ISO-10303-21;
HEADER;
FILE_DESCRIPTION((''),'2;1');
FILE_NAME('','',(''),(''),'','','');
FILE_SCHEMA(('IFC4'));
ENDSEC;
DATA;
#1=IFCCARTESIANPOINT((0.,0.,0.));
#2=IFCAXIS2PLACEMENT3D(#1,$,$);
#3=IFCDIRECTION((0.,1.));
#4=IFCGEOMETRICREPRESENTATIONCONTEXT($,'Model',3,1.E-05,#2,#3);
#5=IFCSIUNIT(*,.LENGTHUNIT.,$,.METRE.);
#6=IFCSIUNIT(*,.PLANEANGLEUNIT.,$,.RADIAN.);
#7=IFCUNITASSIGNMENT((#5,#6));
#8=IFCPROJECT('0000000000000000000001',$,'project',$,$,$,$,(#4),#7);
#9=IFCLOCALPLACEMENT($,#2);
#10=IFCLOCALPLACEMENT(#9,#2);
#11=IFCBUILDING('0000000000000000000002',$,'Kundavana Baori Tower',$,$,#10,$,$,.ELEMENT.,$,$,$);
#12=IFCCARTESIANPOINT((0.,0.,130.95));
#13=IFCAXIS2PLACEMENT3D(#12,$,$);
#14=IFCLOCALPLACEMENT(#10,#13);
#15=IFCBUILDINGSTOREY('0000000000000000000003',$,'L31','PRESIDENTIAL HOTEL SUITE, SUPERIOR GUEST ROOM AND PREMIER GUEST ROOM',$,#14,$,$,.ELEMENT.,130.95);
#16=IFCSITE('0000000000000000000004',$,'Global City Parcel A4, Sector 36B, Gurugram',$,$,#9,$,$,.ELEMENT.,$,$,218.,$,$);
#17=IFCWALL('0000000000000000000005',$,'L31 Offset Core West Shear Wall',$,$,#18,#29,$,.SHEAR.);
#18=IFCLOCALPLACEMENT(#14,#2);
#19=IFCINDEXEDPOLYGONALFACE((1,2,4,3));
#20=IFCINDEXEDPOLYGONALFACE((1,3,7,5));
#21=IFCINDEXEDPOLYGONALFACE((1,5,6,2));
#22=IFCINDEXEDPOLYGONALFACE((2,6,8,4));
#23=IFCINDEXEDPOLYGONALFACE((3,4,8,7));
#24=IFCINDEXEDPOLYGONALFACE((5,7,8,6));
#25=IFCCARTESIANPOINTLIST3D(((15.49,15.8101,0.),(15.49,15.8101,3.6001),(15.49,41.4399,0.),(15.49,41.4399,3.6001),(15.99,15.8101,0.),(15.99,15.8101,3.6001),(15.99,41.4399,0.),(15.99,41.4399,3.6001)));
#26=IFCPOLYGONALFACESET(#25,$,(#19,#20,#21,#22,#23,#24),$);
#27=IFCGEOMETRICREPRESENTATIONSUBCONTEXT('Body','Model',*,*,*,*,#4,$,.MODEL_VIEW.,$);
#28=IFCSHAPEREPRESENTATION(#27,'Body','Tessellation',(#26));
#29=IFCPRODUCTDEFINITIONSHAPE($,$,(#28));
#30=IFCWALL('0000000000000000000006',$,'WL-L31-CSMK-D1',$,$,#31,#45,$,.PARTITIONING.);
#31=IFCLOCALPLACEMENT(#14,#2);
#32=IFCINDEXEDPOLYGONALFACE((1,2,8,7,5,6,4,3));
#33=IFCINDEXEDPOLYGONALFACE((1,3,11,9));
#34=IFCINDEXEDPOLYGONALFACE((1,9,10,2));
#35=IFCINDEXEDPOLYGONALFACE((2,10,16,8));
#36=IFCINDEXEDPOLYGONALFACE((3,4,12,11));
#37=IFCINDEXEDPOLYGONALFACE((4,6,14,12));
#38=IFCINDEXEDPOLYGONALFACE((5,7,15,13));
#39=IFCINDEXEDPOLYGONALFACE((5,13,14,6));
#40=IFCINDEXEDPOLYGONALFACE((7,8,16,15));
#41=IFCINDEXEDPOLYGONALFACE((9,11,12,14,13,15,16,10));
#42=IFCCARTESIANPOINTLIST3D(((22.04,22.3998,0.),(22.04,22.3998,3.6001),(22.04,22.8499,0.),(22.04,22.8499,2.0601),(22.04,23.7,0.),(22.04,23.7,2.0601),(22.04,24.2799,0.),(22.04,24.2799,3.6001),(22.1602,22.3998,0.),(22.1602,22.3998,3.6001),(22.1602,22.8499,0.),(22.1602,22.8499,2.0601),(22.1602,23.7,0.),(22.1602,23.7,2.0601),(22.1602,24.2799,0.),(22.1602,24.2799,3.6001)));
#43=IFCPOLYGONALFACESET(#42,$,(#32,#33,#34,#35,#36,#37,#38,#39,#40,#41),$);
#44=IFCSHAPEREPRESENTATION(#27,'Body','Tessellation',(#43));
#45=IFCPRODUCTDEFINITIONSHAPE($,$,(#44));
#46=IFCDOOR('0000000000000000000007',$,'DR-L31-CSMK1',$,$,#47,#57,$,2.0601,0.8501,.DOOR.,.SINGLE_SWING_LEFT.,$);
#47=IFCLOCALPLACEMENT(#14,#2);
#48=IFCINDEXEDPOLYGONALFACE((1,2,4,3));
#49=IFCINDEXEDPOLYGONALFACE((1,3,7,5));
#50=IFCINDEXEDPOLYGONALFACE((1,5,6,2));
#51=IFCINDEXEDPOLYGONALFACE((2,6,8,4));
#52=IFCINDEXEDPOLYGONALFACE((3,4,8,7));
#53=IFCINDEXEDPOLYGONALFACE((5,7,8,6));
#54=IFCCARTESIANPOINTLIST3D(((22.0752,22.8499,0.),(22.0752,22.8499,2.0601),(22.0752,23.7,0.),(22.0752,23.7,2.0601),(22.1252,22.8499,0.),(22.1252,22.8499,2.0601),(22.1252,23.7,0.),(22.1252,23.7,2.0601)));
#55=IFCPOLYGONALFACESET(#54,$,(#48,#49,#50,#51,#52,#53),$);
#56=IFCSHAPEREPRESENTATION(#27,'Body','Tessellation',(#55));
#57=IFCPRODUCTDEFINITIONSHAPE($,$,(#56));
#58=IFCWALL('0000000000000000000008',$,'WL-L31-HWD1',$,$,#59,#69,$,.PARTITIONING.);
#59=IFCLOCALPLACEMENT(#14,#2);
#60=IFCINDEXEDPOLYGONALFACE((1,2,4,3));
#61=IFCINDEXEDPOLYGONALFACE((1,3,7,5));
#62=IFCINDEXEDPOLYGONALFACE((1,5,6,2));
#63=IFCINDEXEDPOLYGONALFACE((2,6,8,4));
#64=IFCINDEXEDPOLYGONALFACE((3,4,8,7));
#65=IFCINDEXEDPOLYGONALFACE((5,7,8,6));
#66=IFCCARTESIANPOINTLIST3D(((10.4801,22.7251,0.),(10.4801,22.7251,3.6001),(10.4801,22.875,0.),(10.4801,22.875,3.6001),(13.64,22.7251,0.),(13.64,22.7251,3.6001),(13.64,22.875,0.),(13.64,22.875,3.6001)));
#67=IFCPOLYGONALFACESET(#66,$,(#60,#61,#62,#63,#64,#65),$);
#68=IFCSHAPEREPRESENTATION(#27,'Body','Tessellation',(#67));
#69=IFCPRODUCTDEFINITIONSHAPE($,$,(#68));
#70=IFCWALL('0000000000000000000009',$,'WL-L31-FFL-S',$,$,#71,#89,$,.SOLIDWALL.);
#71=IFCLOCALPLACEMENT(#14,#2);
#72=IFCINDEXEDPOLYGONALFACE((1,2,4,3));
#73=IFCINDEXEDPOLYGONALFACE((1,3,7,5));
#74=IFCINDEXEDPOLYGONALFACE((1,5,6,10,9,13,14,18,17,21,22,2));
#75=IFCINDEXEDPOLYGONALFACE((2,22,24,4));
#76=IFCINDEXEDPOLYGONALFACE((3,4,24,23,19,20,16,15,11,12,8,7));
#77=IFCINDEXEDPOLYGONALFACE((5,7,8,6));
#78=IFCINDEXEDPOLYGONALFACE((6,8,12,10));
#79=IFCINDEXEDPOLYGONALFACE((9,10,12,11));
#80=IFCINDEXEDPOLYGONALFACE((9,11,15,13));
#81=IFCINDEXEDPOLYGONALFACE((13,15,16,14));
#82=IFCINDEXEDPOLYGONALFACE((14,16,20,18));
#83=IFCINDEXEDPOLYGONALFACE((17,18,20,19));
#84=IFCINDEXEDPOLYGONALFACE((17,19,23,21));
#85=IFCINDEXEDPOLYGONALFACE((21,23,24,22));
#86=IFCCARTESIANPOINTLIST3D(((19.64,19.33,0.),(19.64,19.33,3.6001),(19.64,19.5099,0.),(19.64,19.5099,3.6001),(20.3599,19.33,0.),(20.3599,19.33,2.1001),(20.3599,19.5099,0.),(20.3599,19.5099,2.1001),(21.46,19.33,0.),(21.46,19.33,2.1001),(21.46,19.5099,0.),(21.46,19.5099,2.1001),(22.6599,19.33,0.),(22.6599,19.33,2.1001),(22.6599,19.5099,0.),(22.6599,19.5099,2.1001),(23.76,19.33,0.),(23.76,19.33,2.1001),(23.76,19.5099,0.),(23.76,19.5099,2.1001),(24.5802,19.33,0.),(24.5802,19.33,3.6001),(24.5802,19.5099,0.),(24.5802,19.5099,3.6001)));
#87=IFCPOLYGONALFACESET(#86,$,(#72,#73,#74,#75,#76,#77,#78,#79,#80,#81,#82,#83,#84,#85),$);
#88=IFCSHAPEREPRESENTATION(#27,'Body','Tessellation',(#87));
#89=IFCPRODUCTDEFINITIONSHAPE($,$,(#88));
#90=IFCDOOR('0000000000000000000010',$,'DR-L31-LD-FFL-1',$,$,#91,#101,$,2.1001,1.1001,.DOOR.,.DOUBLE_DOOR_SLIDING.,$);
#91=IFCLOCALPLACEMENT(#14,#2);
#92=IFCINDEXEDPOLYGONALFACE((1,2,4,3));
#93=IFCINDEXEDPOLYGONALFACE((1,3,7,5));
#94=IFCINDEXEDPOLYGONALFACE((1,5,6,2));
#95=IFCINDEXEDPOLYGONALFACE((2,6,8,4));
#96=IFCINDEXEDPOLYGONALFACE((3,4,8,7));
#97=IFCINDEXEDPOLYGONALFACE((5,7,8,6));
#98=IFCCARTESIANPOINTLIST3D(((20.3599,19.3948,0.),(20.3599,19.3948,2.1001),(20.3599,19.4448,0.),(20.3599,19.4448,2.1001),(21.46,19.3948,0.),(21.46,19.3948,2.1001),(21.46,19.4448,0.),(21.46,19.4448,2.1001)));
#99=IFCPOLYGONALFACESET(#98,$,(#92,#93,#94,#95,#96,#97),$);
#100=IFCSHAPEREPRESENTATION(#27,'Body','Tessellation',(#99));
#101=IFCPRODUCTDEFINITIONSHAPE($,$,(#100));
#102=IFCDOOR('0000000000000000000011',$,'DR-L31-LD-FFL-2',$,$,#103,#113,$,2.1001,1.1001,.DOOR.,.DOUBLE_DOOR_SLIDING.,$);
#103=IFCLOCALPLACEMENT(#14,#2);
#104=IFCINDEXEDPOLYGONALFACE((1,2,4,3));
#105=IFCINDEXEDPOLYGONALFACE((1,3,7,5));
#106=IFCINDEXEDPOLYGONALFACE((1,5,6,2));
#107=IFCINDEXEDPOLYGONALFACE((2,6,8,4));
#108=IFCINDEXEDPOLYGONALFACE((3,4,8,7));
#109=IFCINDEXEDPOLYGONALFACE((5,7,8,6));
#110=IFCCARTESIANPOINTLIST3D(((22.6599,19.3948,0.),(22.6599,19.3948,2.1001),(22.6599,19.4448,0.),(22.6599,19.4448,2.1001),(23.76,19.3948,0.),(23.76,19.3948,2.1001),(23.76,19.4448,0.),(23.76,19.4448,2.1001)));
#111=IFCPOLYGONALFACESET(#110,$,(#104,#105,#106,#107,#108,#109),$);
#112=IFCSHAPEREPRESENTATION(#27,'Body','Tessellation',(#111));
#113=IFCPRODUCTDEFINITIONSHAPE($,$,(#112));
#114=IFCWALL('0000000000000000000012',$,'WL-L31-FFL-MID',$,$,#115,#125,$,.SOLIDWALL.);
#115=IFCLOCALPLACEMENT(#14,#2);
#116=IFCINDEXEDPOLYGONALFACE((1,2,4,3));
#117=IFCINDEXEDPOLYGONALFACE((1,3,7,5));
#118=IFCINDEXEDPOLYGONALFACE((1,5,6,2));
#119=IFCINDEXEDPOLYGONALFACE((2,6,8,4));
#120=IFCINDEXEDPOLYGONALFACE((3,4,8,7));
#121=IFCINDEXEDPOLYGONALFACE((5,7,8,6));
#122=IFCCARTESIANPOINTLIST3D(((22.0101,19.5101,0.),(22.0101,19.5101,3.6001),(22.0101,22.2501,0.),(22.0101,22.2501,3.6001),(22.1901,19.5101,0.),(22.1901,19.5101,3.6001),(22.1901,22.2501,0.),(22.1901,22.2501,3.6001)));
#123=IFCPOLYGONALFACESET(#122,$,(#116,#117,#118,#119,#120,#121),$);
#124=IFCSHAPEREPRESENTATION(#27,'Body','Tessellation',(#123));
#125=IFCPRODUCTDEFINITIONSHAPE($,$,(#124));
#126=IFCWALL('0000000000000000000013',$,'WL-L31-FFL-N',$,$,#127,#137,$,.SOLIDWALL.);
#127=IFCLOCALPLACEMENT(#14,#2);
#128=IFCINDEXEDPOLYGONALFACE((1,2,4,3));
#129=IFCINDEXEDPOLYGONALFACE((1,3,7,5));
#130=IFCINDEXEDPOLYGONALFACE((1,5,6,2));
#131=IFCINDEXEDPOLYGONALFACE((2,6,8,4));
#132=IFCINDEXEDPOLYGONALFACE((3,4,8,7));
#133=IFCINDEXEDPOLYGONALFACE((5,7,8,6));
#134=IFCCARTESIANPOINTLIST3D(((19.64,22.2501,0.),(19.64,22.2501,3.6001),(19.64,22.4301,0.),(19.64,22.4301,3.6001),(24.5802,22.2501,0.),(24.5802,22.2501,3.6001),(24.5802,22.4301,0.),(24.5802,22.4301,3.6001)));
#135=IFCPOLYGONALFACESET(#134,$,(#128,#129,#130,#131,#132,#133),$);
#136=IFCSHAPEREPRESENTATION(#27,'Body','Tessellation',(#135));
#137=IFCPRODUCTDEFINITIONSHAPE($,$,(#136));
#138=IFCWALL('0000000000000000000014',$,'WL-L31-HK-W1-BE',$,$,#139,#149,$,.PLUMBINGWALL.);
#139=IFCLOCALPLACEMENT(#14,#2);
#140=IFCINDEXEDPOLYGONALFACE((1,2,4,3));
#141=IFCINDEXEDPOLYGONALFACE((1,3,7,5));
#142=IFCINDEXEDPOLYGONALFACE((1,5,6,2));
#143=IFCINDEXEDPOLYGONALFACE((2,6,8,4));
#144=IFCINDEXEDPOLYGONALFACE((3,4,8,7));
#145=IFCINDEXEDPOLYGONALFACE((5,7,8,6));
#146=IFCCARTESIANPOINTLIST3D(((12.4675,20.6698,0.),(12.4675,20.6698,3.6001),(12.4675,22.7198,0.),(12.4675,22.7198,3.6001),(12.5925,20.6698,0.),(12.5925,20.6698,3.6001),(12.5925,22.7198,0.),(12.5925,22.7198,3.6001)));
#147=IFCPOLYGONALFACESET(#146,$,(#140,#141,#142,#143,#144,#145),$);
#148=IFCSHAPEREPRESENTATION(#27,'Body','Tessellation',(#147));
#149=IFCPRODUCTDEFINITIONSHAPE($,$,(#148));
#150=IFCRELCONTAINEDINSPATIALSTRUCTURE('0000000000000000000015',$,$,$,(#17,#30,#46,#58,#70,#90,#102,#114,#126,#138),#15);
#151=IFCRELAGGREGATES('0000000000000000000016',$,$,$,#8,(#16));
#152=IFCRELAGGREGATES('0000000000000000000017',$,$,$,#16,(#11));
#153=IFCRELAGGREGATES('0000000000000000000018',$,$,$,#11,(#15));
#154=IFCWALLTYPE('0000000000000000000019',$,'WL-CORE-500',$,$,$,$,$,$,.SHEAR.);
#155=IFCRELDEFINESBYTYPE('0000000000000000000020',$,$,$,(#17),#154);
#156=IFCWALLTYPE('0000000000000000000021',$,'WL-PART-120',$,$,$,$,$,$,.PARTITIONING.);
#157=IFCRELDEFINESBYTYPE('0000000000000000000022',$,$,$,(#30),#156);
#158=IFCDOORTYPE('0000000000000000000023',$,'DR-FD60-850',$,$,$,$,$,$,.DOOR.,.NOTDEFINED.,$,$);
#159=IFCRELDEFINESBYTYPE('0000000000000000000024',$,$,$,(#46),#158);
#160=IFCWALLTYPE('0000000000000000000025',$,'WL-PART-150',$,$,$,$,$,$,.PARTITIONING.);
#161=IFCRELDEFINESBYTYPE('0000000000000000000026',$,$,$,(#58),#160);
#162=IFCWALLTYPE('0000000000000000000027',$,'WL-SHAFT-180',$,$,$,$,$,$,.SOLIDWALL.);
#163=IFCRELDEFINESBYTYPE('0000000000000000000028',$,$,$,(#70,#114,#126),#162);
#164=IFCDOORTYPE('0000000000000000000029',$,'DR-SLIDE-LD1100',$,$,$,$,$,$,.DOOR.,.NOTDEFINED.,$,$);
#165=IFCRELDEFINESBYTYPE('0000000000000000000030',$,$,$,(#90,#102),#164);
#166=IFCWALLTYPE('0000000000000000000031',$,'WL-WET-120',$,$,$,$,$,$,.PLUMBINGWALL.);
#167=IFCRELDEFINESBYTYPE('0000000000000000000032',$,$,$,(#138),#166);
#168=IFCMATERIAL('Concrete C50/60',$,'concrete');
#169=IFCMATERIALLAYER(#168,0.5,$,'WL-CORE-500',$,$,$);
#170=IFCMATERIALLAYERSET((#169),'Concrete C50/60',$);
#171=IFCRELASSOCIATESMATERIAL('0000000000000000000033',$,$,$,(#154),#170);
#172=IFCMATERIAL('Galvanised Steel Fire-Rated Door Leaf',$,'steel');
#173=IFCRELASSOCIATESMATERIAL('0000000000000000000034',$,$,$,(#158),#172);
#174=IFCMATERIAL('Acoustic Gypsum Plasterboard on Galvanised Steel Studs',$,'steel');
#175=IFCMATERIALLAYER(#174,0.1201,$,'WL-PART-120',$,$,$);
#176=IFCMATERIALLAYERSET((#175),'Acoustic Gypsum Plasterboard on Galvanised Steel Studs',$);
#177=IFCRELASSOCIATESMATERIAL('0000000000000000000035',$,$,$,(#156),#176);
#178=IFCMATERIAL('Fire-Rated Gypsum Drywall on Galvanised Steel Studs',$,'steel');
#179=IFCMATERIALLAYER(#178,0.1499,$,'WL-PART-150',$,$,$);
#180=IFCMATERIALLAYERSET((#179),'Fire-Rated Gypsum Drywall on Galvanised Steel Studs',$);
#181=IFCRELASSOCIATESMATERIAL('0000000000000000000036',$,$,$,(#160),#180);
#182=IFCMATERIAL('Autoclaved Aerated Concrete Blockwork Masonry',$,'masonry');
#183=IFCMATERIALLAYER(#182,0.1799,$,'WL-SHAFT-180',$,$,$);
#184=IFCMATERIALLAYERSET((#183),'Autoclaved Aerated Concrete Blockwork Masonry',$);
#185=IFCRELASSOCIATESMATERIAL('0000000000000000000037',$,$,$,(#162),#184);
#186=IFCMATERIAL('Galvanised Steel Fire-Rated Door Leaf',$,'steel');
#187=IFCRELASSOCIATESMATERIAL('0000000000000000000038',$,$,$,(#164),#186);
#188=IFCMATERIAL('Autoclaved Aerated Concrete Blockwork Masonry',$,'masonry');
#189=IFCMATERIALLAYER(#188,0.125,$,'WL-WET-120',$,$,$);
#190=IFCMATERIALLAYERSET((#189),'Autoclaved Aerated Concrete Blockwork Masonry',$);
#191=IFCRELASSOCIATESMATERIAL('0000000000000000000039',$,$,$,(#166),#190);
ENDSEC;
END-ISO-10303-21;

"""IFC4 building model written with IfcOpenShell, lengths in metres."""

from ifc_helpers import new_model, si_unit, direction, frame, frame_2d, origin, place, context, subcontext, project, spatial, rectangle, extrude, material, layer, layer_set, type_object, element, fill, save


model = new_model("IFC4")

# Units and contexts
model_context = context("Model", 3, precision=1e-05, world=origin(), true_north=direction((0.0, 1.0)))
body_context = subcontext(model_context, "Body", "Model", "MODEL_VIEW")
ifc_project = project(units=[si_unit("LENGTHUNIT", "METRE"), si_unit("PLANEANGLEUNIT", "RADIAN")], contexts=[model_context])

# Site, building, storey
site_placement = place(None, origin())
site = spatial("IfcSite", under=ifc_project, at=site_placement, Name="Global City Parcel A4, Sector 36B, Gurugram", CompositionType="ELEMENT", RefElevation=218.0)
building_placement = place(site_placement, origin())
building = spatial("IfcBuilding", under=site, at=building_placement, Name="Kundavana Baori Tower", CompositionType="ELEMENT")
storey_placement = place(building_placement, frame((0.0, 0.0, 130.95)))
storey = spatial("IfcBuildingStorey", under=building, at=storey_placement, Name="L31", Description="PRESIDENTIAL HOTEL SUITE, SUPERIOR GUEST ROOM AND PREMIER GUEST ROOM", CompositionType="ELEMENT", Elevation=130.95)

# Wall
ifc_material_1 = material(Name="Concrete C50/60", Category="concrete")
ifc_layer_1 = layer(ifc_material_1, 0.5, Name="WL-CORE-500")
ifc_layer_set_1 = layer_set([ifc_layer_1], Name="Concrete C50/60")
wall_type_1 = type_object("IfcWallType", Name="WL-CORE-500", PredefinedType="SHEAR", material=ifc_layer_set_1)
wall_1_placement = place(storey_placement, frame((15.74, 15.8101, 0.0), z_axis=(0.0, 0.0, 1.0), x_axis=(0.0, 1.0, 0.0)))
element("IfcWall", 1, at=wall_1_placement, inside=storey, type_object=wall_type_1, Name="L31 Offset Core West Shear Wall", PredefinedType="SHEAR", context=body_context, shape_type="SweptSolid", body=[
    extrude(rectangle(XDim=25.6299, YDim=0.5, at=frame_2d((12.8149, 0.0))), origin(), (0.0, 0.0, 1.0), 3.6001),
])

# Shared definitions
ifc_material_2 = material(Name="Galvanised Steel Fire-Rated Door Leaf", Category="steel")
door_type_1 = type_object("IfcDoorType", Name="DR-FD60-850", OperationType="NOTDEFINED", PredefinedType="DOOR", material=ifc_material_2)

# Wall, opening, door
ifc_material_3 = material(Name="Acoustic Gypsum Plasterboard on Galvanised Steel Studs", Category="steel")
ifc_layer_2 = layer(ifc_material_3, 0.1201, Name="WL-PART-120")
ifc_layer_set_2 = layer_set([ifc_layer_2], Name="Acoustic Gypsum Plasterboard on Galvanised Steel Studs")
wall_type_2 = type_object("IfcWallType", Name="WL-PART-120", PredefinedType="PARTITIONING", material=ifc_layer_set_2)
wall_2_placement = place(storey_placement, frame((22.1001, 22.3999, 0.0), z_axis=(0.0, 0.0, 1.0), x_axis=(0.0, 1.0, 0.0)))
wall_2 = element("IfcWall", 2, at=wall_2_placement, inside=storey, type_object=wall_type_2, Name="WL-L31-CSMK-D1", PredefinedType="PARTITIONING", context=body_context, shape_type="SweptSolid", body=[
    extrude(rectangle(XDim=1.8801, YDim=0.1201, at=frame_2d((0.9399, 0.0))), origin(), (0.0, 0.0, 1.0), 3.6001),
])
opening_1_placement = place(wall_2_placement, frame((0.45, 0.0, 0.0)))
opening_1 = element("IfcOpeningElement", 3, at=opening_1_placement, cuts=wall_2, PredefinedType="OPENING", context=body_context, shape_type="SweptSolid", body=[
    extrude(rectangle(XDim=0.8501, YDim=2.0601, at=frame_2d((0.425, 1.03))), frame((0.0, 0.0701, 0.0), z_axis=(0.0, -1.0, 0.0), x_axis=(1.0, 0.0, 0.0)), (0.0, 0.0, 1.0), 0.1401),
])
door_1_placement = place(opening_1_placement, origin())
door_1 = element("IfcDoor", 4, at=door_1_placement, inside=storey, type_object=door_type_1, Name="DR-L31-CSMK1", OperationType="SINGLE_SWING_LEFT", OverallHeight=2.0601, OverallWidth=0.8501, PredefinedType="DOOR", context=body_context, shape_type="SweptSolid", body=[
    extrude(rectangle(XDim=0.8501, YDim=2.0601, at=frame_2d((0.425, 1.03))), frame((0.0, 0.0249, 0.0), z_axis=(0.0, -1.0, 0.0), x_axis=(1.0, 0.0, 0.0)), (0.0, 0.0, 1.0), 0.05),
])
fill(opening_1, door_1)

# Wall
ifc_material_4 = material(Name="Fire-Rated Gypsum Drywall on Galvanised Steel Studs", Category="steel")
ifc_layer_3 = layer(ifc_material_4, 0.1499, Name="WL-PART-150")
ifc_layer_set_3 = layer_set([ifc_layer_3], Name="Fire-Rated Gypsum Drywall on Galvanised Steel Studs")
wall_type_3 = type_object("IfcWallType", Name="WL-PART-150", PredefinedType="PARTITIONING", material=ifc_layer_set_3)
wall_3_placement = place(storey_placement, frame((10.48, 22.8, 0.0), z_axis=(0.0, 0.0, 1.0), x_axis=(1.0, 0.0, 0.0)))
element("IfcWall", 5, at=wall_3_placement, inside=storey, type_object=wall_type_3, Name="WL-L31-HWD1", PredefinedType="PARTITIONING", context=body_context, shape_type="SweptSolid", body=[
    extrude(rectangle(XDim=3.1599, YDim=0.1499, at=frame_2d((1.5801, 0.0))), origin(), (0.0, 0.0, 1.0), 3.6001),
])

# Wall, openings, doors
ifc_material_5 = material(Name="Autoclaved Aerated Concrete Blockwork Masonry", Category="masonry")
ifc_layer_4 = layer(ifc_material_5, 0.1799, Name="WL-SHAFT-180")
ifc_layer_set_4 = layer_set([ifc_layer_4], Name="Autoclaved Aerated Concrete Blockwork Masonry")
wall_type_4 = type_object("IfcWallType", Name="WL-SHAFT-180", PredefinedType="SOLIDWALL", material=ifc_layer_set_4)
wall_4_placement = place(storey_placement, frame((19.6399, 19.4199, 0.0), z_axis=(0.0, 0.0, 1.0), x_axis=(1.0, 0.0, 0.0)))
wall_4 = element("IfcWall", 6, at=wall_4_placement, inside=storey, type_object=wall_type_4, Name="WL-L31-FFL-S", PredefinedType="SOLIDWALL", context=body_context, shape_type="SweptSolid", body=[
    extrude(rectangle(XDim=4.9402, YDim=0.1799, at=frame_2d((2.4702, 0.0))), origin(), (0.0, 0.0, 1.0), 3.6001),
])
opening_2_placement = place(wall_4_placement, frame((0.72, 0.0, 0.0)))
opening_2 = element("IfcOpeningElement", 7, at=opening_2_placement, cuts=wall_4, PredefinedType="OPENING", context=body_context, shape_type="SweptSolid", body=[
    extrude(rectangle(XDim=1.1001, YDim=2.1001, at=frame_2d((0.55, 1.05))), frame((0.0, 0.1001, 0.0), z_axis=(0.0, -1.0, 0.0), x_axis=(1.0, 0.0, 0.0)), (0.0, 0.0, 1.0), 0.2),
])
opening_3_placement = place(wall_4_placement, frame((3.02, 0.0, 0.0)))
opening_3 = element("IfcOpeningElement", 8, at=opening_3_placement, cuts=wall_4, PredefinedType="OPENING", context=body_context, shape_type="SweptSolid", body=[
    extrude(rectangle(XDim=1.1001, YDim=2.1001, at=frame_2d((0.55, 1.05))), frame((0.0, 0.1001, 0.0), z_axis=(0.0, -1.0, 0.0), x_axis=(1.0, 0.0, 0.0)), (0.0, 0.0, 1.0), 0.2),
])
ifc_material_6 = material(Name="Galvanised Steel Fire-Rated Door Leaf", Category="steel")
door_type_2 = type_object("IfcDoorType", Name="DR-SLIDE-LD1100", OperationType="NOTDEFINED", PredefinedType="DOOR", material=ifc_material_6)
door_2_placement = place(opening_2_placement, origin())
door_2 = element("IfcDoor", 9, at=door_2_placement, inside=storey, type_object=door_type_2, Name="DR-L31-LD-FFL-1", OperationType="DOUBLE_DOOR_SLIDING", OverallHeight=2.1001, OverallWidth=1.1001, PredefinedType="DOOR", context=body_context, shape_type="SweptSolid", body=[
    extrude(rectangle(XDim=1.1001, YDim=2.1001, at=frame_2d((0.55, 1.05))), frame((0.0, 0.0249, 0.0), z_axis=(0.0, -1.0, 0.0), x_axis=(1.0, 0.0, 0.0)), (0.0, 0.0, 1.0), 0.05),
])
fill(opening_2, door_2)
door_3_placement = place(opening_3_placement, origin())
door_3 = element("IfcDoor", 10, at=door_3_placement, inside=storey, type_object=door_type_2, Name="DR-L31-LD-FFL-2", OperationType="DOUBLE_DOOR_SLIDING", OverallHeight=2.1001, OverallWidth=1.1001, PredefinedType="DOOR", context=body_context, shape_type="SweptSolid", body=[
    extrude(rectangle(XDim=1.1001, YDim=2.1001, at=frame_2d((0.55, 1.05))), frame((0.0, 0.0249, 0.0), z_axis=(0.0, -1.0, 0.0), x_axis=(1.0, 0.0, 0.0)), (0.0, 0.0, 1.0), 0.05),
])
fill(opening_3, door_3)

# Walls
wall_5_placement = place(storey_placement, frame((22.1001, 19.51, 0.0), z_axis=(0.0, 0.0, 1.0), x_axis=(0.0, 1.0, 0.0)))
element("IfcWall", 11, at=wall_5_placement, inside=storey, type_object=wall_type_4, Name="WL-L31-FFL-MID", PredefinedType="SOLIDWALL", context=body_context, shape_type="SweptSolid", body=[
    extrude(rectangle(XDim=2.74, YDim=0.1799, at=frame_2d((1.3701, 0.0))), origin(), (0.0, 0.0, 1.0), 3.6001),
])
wall_6_placement = place(storey_placement, frame((19.6399, 22.3401, 0.0), z_axis=(0.0, 0.0, 1.0), x_axis=(1.0, 0.0, 0.0)))
element("IfcWall", 12, at=wall_6_placement, inside=storey, type_object=wall_type_4, Name="WL-L31-FFL-N", PredefinedType="SOLIDWALL", context=body_context, shape_type="SweptSolid", body=[
    extrude(rectangle(XDim=4.9402, YDim=0.1799, at=frame_2d((2.4702, 0.0))), origin(), (0.0, 0.0, 1.0), 3.6001),
])
ifc_material_7 = material(Name="Autoclaved Aerated Concrete Blockwork Masonry", Category="masonry")
ifc_layer_5 = layer(ifc_material_7, 0.125, Name="WL-WET-120")
ifc_layer_set_5 = layer_set([ifc_layer_5], Name="Autoclaved Aerated Concrete Blockwork Masonry")
wall_type_5 = type_object("IfcWallType", Name="WL-WET-120", PredefinedType="PLUMBINGWALL", material=ifc_layer_set_5)
wall_7_placement = place(storey_placement, frame((12.53, 20.6699, 0.0), z_axis=(0.0, 0.0, 1.0), x_axis=(0.0, 1.0, 0.0)))
element("IfcWall", 13, at=wall_7_placement, inside=storey, type_object=wall_type_5, Name="WL-L31-HK-W1-BE", PredefinedType="PLUMBINGWALL", context=body_context, shape_type="SweptSolid", body=[
    extrude(rectangle(XDim=2.05, YDim=0.125, at=frame_2d((1.0249, 0.0))), origin(), (0.0, 0.0, 1.0), 3.6001),
])

save(model, "model.ifc")
